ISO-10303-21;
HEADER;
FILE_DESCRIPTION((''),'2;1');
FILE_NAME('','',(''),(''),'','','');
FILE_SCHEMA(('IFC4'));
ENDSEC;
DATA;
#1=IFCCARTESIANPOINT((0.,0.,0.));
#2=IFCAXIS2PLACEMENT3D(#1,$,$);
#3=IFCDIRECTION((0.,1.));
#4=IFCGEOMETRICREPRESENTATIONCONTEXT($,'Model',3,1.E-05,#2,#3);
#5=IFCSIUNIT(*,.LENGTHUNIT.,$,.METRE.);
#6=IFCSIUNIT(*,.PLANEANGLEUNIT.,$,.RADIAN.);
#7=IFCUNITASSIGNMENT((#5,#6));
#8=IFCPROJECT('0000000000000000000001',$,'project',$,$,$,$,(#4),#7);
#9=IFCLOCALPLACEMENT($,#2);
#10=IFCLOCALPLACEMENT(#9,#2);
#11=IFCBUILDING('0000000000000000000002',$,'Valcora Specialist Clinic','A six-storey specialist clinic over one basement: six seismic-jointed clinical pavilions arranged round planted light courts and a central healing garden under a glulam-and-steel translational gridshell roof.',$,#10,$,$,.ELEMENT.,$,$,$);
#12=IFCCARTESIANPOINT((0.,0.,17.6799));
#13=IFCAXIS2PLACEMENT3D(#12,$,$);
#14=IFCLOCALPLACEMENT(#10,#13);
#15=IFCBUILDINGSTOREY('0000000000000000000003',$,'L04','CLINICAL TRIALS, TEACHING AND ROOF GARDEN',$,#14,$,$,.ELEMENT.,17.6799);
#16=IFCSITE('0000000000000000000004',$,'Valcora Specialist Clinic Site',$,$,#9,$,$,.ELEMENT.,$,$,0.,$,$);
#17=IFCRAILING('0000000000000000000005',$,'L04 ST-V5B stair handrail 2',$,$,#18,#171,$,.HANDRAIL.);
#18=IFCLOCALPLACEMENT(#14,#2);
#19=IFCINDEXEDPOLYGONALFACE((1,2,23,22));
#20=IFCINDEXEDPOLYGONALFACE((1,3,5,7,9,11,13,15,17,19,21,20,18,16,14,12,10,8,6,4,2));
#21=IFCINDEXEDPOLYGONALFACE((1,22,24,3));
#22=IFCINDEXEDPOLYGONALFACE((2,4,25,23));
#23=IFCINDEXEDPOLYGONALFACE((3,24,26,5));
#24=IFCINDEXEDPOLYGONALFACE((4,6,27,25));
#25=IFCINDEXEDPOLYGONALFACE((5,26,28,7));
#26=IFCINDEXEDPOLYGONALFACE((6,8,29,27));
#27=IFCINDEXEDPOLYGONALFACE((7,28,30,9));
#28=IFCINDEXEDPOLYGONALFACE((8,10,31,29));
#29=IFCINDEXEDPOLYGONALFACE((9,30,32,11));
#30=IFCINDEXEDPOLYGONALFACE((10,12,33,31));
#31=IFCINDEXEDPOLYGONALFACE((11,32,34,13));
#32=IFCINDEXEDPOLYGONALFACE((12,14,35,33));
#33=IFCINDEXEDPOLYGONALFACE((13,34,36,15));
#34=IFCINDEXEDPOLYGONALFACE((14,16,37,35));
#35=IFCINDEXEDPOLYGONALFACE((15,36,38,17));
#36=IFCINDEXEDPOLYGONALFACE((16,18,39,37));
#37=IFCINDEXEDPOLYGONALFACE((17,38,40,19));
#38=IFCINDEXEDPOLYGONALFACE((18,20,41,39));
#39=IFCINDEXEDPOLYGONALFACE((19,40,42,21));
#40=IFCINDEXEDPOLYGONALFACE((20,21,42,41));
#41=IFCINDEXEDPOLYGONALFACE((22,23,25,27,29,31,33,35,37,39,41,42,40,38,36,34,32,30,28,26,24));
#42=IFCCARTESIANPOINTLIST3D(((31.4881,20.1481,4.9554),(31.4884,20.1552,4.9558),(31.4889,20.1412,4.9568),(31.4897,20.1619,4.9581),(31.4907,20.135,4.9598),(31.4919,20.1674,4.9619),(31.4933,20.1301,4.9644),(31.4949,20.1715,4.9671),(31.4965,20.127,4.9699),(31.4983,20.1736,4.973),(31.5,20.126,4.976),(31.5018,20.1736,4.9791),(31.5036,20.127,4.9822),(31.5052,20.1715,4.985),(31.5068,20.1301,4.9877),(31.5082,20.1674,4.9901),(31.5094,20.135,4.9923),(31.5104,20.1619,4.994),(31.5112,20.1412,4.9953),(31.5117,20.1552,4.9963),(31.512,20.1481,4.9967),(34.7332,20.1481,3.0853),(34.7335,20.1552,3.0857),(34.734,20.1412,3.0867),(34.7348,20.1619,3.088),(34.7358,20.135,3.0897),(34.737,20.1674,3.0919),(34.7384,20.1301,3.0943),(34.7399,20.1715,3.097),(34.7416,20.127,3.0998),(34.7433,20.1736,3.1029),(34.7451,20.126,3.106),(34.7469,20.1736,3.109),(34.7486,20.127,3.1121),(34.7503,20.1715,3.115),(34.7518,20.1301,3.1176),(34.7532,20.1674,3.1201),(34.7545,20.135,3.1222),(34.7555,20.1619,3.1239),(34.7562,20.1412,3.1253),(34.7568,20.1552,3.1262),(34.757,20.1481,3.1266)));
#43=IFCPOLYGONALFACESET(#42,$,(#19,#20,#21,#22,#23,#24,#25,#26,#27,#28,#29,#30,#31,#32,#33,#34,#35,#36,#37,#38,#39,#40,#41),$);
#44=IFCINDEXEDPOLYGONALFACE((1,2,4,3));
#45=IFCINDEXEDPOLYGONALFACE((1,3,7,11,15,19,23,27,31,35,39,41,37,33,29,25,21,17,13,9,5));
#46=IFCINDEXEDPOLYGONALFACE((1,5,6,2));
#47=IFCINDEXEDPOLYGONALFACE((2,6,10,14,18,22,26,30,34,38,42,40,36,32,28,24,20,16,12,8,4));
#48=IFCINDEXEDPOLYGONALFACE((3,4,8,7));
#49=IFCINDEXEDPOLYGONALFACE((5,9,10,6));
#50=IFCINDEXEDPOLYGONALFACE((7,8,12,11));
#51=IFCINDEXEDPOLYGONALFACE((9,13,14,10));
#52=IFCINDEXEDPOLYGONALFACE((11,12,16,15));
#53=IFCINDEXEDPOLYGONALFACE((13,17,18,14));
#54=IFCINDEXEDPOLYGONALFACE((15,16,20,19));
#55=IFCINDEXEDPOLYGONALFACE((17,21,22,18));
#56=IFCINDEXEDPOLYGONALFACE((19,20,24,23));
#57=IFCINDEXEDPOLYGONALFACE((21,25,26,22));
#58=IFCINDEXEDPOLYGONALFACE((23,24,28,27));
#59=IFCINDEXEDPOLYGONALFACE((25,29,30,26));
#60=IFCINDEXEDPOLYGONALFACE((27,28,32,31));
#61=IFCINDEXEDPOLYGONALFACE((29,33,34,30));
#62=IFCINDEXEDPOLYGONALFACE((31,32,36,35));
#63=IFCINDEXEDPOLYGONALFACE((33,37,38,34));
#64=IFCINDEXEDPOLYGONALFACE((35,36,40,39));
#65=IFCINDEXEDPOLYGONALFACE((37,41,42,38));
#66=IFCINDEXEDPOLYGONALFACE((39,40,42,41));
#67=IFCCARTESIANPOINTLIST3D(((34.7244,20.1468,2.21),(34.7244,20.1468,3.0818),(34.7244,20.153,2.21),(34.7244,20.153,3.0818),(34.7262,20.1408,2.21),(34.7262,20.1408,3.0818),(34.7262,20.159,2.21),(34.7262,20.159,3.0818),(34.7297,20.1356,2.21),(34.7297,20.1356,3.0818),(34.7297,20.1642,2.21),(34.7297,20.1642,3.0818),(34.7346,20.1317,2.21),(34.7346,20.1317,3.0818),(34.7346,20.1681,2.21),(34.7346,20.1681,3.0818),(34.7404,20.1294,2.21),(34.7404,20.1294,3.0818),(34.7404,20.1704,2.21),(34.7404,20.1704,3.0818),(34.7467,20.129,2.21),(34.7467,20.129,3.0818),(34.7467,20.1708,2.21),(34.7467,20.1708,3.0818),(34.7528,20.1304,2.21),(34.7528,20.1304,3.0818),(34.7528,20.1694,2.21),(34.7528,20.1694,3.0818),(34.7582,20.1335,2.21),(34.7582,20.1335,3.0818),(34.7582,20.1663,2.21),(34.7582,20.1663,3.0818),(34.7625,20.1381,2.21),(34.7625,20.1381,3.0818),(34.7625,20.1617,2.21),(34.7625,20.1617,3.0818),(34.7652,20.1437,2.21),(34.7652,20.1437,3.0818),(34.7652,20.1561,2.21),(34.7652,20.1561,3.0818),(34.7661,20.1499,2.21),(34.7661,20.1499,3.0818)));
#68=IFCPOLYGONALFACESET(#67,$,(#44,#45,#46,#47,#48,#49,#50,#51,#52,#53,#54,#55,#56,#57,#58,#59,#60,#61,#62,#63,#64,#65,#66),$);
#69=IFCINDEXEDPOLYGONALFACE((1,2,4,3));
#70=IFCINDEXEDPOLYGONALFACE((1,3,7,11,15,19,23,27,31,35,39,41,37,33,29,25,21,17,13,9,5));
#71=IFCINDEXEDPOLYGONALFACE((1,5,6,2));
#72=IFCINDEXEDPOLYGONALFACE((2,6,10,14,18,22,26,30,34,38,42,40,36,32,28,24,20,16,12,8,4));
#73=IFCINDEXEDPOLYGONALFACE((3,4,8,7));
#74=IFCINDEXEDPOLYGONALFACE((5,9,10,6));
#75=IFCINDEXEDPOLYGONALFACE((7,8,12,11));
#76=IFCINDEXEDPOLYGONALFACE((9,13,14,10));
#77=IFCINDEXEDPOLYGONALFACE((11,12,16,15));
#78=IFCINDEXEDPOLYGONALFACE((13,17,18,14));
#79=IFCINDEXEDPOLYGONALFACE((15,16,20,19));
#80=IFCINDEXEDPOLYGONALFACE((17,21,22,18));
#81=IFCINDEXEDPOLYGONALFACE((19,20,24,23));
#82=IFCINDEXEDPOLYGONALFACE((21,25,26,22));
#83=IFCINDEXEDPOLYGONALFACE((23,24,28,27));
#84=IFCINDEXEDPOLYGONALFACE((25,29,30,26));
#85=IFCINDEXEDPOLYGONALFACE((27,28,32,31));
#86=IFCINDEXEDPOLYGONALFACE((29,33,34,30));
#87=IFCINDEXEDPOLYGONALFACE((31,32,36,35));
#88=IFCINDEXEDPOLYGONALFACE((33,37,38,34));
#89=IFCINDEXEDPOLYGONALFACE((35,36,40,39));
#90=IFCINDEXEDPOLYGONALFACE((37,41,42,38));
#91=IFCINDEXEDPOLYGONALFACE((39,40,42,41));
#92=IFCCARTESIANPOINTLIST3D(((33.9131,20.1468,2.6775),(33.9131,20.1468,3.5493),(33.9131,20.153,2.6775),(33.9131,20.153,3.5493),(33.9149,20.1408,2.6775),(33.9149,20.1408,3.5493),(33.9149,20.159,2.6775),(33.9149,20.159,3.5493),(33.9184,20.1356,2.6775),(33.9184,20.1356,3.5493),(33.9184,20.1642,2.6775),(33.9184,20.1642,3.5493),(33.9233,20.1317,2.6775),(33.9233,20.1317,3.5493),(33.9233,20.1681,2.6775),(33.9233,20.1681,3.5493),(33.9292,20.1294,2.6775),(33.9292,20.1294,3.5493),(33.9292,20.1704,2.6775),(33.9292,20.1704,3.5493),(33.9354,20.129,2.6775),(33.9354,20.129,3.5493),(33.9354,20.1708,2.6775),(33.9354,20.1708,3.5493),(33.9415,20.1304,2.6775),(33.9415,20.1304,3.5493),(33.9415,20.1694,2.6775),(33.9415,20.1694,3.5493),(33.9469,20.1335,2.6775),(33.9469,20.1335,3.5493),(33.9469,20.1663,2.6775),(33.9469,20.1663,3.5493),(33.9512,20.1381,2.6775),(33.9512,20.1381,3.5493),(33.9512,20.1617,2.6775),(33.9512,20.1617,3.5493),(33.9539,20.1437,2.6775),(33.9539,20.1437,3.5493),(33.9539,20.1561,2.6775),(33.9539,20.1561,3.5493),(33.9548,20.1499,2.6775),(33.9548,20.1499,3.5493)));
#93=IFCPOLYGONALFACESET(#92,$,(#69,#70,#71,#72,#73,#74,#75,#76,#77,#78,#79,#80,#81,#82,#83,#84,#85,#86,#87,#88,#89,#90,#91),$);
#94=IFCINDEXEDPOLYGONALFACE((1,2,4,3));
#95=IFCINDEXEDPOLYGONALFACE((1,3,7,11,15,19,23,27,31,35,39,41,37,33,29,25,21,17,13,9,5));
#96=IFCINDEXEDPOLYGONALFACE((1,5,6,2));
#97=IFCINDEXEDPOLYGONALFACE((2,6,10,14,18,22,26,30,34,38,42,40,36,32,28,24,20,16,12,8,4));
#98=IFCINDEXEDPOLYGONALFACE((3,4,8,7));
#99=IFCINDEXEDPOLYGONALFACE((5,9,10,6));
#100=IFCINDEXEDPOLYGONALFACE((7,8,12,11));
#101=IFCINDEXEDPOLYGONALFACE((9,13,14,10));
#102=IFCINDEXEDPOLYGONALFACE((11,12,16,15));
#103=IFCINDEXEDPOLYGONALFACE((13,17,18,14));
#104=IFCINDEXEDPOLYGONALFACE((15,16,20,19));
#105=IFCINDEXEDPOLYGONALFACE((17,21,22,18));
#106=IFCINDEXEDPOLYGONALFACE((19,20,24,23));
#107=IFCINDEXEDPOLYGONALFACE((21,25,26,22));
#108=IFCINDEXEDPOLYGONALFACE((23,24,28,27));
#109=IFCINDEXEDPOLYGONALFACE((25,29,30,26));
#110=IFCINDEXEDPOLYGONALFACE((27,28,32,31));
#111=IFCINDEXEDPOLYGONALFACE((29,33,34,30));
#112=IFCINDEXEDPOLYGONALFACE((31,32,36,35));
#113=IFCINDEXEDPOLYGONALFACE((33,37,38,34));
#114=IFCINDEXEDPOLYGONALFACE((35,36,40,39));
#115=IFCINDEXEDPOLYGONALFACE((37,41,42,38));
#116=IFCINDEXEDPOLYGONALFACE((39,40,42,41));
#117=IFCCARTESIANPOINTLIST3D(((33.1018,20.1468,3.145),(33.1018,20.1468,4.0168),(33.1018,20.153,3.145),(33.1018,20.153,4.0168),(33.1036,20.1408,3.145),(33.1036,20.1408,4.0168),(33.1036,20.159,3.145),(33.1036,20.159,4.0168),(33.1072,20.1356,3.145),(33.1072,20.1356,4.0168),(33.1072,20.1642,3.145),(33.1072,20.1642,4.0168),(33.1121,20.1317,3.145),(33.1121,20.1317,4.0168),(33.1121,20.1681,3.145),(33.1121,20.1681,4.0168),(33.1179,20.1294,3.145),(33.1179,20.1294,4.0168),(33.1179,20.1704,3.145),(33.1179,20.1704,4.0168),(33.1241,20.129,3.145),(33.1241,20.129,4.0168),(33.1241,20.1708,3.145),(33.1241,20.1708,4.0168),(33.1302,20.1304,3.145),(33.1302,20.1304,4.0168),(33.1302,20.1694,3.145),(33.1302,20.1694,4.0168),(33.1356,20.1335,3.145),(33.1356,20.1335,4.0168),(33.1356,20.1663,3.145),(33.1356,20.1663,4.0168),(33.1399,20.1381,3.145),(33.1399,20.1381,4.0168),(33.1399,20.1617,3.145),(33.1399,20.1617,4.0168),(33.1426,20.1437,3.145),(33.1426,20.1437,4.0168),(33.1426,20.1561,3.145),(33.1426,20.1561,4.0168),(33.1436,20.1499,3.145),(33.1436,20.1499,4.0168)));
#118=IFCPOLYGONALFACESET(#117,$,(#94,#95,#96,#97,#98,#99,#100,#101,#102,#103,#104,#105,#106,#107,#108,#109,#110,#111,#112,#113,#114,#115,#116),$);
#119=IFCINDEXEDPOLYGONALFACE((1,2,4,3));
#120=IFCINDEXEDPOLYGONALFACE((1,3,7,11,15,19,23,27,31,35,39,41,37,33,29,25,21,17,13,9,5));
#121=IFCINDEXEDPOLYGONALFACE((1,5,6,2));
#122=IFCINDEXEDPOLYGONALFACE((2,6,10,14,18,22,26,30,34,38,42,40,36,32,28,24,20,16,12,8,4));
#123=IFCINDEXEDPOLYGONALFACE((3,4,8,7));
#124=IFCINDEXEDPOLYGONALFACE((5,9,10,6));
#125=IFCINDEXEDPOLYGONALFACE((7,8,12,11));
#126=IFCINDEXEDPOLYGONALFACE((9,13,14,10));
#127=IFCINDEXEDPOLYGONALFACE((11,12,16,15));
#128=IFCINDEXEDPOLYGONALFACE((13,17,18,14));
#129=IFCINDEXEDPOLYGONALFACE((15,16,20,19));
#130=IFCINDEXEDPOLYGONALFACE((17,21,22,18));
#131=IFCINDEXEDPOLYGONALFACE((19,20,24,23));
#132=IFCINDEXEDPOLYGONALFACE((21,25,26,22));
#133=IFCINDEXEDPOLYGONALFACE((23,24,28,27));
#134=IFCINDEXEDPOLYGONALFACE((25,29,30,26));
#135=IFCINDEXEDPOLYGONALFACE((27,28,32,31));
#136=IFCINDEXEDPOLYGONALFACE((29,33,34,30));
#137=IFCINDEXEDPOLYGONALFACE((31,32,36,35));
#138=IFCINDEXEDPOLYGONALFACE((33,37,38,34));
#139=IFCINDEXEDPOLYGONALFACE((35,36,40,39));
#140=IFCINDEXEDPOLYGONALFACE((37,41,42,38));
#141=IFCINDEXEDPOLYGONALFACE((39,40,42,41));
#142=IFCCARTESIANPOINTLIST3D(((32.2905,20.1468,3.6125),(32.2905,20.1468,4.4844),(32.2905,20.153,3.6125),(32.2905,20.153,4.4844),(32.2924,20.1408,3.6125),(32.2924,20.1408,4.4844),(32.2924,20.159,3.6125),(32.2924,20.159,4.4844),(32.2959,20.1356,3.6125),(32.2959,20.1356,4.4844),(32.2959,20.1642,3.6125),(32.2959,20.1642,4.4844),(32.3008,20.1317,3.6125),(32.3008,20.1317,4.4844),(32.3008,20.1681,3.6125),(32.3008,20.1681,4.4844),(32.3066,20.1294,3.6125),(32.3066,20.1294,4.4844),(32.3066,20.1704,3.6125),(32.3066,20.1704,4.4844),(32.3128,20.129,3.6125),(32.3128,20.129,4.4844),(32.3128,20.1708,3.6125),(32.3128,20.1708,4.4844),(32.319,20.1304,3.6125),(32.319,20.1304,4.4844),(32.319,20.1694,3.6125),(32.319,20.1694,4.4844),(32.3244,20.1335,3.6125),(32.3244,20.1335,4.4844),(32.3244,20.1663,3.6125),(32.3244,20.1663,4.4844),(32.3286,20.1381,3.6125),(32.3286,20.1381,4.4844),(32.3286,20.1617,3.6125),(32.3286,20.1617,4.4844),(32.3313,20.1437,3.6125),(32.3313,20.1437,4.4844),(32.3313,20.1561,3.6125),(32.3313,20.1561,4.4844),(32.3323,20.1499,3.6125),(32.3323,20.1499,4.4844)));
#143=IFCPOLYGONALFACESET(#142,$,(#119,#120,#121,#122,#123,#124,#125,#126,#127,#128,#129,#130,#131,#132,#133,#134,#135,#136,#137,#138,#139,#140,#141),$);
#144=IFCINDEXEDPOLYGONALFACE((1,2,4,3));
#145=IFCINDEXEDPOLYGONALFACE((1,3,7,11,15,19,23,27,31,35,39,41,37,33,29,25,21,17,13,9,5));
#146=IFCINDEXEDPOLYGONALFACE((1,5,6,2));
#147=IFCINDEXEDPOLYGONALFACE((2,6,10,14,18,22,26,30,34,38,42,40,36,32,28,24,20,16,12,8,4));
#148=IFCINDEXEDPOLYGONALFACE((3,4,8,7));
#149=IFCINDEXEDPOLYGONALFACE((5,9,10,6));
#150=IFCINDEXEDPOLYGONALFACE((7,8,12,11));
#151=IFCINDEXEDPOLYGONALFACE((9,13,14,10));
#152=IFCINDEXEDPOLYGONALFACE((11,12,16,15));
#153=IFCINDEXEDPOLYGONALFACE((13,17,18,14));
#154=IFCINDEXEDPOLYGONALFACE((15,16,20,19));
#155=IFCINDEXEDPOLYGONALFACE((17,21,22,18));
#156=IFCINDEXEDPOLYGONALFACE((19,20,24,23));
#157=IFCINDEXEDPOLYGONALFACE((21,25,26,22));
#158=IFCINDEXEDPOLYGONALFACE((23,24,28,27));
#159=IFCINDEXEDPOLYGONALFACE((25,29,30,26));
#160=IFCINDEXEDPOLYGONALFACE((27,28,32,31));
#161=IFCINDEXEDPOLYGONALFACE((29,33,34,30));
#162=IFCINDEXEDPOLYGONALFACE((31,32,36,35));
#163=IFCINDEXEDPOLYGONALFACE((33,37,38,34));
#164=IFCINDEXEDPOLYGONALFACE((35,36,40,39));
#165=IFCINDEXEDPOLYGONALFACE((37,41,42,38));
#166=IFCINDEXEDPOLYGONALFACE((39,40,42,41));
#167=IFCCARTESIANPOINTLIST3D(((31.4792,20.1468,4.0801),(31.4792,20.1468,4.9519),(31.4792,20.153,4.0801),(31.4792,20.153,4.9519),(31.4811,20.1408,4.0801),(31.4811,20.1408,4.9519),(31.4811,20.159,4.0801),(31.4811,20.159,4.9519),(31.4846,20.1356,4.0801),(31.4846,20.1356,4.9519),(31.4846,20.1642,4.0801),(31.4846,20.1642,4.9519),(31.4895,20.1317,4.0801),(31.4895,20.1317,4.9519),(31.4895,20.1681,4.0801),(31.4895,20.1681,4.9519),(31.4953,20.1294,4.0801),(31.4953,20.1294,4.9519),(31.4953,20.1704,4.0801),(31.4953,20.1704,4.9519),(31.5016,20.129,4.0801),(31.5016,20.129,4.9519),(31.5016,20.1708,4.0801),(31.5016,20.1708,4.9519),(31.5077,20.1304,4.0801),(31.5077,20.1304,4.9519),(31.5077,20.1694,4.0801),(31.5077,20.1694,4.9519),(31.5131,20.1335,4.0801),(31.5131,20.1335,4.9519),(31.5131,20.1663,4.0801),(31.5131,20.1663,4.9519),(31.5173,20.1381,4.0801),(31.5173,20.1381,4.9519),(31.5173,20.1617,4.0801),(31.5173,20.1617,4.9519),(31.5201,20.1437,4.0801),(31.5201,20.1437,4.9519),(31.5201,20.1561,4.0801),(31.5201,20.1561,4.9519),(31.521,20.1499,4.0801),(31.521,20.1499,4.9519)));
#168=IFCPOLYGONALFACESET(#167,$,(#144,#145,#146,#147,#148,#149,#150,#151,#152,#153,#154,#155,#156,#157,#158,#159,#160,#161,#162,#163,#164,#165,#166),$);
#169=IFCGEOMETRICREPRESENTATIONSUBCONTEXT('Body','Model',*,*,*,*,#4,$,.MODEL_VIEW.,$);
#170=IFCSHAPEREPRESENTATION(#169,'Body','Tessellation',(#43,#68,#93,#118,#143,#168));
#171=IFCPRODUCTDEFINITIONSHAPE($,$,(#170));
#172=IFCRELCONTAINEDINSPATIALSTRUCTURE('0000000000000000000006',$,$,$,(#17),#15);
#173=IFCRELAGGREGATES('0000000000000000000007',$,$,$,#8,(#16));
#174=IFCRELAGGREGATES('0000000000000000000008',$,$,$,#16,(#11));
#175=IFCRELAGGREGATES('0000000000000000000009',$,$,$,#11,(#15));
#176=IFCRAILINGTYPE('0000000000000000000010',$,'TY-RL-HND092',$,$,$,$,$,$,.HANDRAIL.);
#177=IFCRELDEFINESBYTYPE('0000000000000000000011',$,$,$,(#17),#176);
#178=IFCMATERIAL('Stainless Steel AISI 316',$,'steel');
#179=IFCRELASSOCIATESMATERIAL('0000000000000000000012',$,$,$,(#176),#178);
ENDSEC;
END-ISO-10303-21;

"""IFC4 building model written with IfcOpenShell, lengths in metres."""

from ifc_helpers import new_model, si_unit, direction, frame, origin, origin_2d, place, context, subcontext, project, spatial, circle, extrude, material, type_object, element, save


model = new_model("IFC4")

# Units and contexts
model_context = context("Model", 3, precision=1e-05, world=origin(), true_north=direction((0.0, 1.0)))
body_context = subcontext(model_context, "Body", "Model", "MODEL_VIEW")
ifc_project = project(units=[si_unit("LENGTHUNIT", "METRE"), si_unit("PLANEANGLEUNIT", "RADIAN")], contexts=[model_context])

# Site, building, storey
site_placement = place(None, origin())
site = spatial("IfcSite", under=ifc_project, at=site_placement, Name="Valcora Specialist Clinic Site", CompositionType="ELEMENT", RefElevation=0.0)
building_placement = place(site_placement, origin())
building = spatial("IfcBuilding", under=site, at=building_placement, Name="Valcora Specialist Clinic", Description="A six-storey specialist clinic over one basement: six seismic-jointed clinical pavilions arranged round planted light courts and a central healing garden under a glulam-and-steel translational gridshell roof.", CompositionType="ELEMENT")
storey_placement = place(building_placement, frame((0.0, 0.0, 17.6799)))
storey = spatial("IfcBuildingStorey", under=building, at=storey_placement, Name="L04", Description="CLINICAL TRIALS, TEACHING AND ROOF GARDEN", CompositionType="ELEMENT", Elevation=17.6799)

# Railing
ifc_material_1 = material(Name="Stainless Steel AISI 316", Category="steel")
railing_type_1 = type_object("IfcRailingType", Name="TY-RL-HND092", PredefinedType="HANDRAIL", material=ifc_material_1)
railing_1_placement = place(storey_placement, frame((34.7451, 20.1499, 2.21)))
element("IfcRailing", 1, at=railing_1_placement, inside=storey, type_object=railing_type_1, Name="L04 ST-V5B stair handrail 2", PredefinedType="HANDRAIL", context=body_context, shape_type="SweptSolid", body=[
    extrude(circle(Radius=0.0239, at=origin_2d()), frame((0.0, 0.0, 0.896), z_axis=(-0.866424, 0.0, 0.499309), x_axis=(0.0, -1.0, 0.0)), (0.0, 0.0, 1.0), 3.7454),
    extrude(circle(Radius=0.021, at=origin_2d()), origin(), (0.0, 0.0, 1.0), 0.8718),
    extrude(circle(Radius=0.021, at=origin_2d()), frame((-0.8113, 0.0, 0.4675)), (0.0, 0.0, 1.0), 0.8718),
    extrude(circle(Radius=0.021, at=origin_2d()), frame((-1.6226, 0.0, 0.9351)), (0.0, 0.0, 1.0), 0.8718),
    extrude(circle(Radius=0.021, at=origin_2d()), frame((-2.4338, 0.0, 1.4026)), (0.0, 0.0, 1.0), 0.8718),
    extrude(circle(Radius=0.021, at=origin_2d()), frame((-3.2451, 0.0, 1.8701)), (0.0, 0.0, 1.0), 0.8718),
])

save(model, "model.ifc")
